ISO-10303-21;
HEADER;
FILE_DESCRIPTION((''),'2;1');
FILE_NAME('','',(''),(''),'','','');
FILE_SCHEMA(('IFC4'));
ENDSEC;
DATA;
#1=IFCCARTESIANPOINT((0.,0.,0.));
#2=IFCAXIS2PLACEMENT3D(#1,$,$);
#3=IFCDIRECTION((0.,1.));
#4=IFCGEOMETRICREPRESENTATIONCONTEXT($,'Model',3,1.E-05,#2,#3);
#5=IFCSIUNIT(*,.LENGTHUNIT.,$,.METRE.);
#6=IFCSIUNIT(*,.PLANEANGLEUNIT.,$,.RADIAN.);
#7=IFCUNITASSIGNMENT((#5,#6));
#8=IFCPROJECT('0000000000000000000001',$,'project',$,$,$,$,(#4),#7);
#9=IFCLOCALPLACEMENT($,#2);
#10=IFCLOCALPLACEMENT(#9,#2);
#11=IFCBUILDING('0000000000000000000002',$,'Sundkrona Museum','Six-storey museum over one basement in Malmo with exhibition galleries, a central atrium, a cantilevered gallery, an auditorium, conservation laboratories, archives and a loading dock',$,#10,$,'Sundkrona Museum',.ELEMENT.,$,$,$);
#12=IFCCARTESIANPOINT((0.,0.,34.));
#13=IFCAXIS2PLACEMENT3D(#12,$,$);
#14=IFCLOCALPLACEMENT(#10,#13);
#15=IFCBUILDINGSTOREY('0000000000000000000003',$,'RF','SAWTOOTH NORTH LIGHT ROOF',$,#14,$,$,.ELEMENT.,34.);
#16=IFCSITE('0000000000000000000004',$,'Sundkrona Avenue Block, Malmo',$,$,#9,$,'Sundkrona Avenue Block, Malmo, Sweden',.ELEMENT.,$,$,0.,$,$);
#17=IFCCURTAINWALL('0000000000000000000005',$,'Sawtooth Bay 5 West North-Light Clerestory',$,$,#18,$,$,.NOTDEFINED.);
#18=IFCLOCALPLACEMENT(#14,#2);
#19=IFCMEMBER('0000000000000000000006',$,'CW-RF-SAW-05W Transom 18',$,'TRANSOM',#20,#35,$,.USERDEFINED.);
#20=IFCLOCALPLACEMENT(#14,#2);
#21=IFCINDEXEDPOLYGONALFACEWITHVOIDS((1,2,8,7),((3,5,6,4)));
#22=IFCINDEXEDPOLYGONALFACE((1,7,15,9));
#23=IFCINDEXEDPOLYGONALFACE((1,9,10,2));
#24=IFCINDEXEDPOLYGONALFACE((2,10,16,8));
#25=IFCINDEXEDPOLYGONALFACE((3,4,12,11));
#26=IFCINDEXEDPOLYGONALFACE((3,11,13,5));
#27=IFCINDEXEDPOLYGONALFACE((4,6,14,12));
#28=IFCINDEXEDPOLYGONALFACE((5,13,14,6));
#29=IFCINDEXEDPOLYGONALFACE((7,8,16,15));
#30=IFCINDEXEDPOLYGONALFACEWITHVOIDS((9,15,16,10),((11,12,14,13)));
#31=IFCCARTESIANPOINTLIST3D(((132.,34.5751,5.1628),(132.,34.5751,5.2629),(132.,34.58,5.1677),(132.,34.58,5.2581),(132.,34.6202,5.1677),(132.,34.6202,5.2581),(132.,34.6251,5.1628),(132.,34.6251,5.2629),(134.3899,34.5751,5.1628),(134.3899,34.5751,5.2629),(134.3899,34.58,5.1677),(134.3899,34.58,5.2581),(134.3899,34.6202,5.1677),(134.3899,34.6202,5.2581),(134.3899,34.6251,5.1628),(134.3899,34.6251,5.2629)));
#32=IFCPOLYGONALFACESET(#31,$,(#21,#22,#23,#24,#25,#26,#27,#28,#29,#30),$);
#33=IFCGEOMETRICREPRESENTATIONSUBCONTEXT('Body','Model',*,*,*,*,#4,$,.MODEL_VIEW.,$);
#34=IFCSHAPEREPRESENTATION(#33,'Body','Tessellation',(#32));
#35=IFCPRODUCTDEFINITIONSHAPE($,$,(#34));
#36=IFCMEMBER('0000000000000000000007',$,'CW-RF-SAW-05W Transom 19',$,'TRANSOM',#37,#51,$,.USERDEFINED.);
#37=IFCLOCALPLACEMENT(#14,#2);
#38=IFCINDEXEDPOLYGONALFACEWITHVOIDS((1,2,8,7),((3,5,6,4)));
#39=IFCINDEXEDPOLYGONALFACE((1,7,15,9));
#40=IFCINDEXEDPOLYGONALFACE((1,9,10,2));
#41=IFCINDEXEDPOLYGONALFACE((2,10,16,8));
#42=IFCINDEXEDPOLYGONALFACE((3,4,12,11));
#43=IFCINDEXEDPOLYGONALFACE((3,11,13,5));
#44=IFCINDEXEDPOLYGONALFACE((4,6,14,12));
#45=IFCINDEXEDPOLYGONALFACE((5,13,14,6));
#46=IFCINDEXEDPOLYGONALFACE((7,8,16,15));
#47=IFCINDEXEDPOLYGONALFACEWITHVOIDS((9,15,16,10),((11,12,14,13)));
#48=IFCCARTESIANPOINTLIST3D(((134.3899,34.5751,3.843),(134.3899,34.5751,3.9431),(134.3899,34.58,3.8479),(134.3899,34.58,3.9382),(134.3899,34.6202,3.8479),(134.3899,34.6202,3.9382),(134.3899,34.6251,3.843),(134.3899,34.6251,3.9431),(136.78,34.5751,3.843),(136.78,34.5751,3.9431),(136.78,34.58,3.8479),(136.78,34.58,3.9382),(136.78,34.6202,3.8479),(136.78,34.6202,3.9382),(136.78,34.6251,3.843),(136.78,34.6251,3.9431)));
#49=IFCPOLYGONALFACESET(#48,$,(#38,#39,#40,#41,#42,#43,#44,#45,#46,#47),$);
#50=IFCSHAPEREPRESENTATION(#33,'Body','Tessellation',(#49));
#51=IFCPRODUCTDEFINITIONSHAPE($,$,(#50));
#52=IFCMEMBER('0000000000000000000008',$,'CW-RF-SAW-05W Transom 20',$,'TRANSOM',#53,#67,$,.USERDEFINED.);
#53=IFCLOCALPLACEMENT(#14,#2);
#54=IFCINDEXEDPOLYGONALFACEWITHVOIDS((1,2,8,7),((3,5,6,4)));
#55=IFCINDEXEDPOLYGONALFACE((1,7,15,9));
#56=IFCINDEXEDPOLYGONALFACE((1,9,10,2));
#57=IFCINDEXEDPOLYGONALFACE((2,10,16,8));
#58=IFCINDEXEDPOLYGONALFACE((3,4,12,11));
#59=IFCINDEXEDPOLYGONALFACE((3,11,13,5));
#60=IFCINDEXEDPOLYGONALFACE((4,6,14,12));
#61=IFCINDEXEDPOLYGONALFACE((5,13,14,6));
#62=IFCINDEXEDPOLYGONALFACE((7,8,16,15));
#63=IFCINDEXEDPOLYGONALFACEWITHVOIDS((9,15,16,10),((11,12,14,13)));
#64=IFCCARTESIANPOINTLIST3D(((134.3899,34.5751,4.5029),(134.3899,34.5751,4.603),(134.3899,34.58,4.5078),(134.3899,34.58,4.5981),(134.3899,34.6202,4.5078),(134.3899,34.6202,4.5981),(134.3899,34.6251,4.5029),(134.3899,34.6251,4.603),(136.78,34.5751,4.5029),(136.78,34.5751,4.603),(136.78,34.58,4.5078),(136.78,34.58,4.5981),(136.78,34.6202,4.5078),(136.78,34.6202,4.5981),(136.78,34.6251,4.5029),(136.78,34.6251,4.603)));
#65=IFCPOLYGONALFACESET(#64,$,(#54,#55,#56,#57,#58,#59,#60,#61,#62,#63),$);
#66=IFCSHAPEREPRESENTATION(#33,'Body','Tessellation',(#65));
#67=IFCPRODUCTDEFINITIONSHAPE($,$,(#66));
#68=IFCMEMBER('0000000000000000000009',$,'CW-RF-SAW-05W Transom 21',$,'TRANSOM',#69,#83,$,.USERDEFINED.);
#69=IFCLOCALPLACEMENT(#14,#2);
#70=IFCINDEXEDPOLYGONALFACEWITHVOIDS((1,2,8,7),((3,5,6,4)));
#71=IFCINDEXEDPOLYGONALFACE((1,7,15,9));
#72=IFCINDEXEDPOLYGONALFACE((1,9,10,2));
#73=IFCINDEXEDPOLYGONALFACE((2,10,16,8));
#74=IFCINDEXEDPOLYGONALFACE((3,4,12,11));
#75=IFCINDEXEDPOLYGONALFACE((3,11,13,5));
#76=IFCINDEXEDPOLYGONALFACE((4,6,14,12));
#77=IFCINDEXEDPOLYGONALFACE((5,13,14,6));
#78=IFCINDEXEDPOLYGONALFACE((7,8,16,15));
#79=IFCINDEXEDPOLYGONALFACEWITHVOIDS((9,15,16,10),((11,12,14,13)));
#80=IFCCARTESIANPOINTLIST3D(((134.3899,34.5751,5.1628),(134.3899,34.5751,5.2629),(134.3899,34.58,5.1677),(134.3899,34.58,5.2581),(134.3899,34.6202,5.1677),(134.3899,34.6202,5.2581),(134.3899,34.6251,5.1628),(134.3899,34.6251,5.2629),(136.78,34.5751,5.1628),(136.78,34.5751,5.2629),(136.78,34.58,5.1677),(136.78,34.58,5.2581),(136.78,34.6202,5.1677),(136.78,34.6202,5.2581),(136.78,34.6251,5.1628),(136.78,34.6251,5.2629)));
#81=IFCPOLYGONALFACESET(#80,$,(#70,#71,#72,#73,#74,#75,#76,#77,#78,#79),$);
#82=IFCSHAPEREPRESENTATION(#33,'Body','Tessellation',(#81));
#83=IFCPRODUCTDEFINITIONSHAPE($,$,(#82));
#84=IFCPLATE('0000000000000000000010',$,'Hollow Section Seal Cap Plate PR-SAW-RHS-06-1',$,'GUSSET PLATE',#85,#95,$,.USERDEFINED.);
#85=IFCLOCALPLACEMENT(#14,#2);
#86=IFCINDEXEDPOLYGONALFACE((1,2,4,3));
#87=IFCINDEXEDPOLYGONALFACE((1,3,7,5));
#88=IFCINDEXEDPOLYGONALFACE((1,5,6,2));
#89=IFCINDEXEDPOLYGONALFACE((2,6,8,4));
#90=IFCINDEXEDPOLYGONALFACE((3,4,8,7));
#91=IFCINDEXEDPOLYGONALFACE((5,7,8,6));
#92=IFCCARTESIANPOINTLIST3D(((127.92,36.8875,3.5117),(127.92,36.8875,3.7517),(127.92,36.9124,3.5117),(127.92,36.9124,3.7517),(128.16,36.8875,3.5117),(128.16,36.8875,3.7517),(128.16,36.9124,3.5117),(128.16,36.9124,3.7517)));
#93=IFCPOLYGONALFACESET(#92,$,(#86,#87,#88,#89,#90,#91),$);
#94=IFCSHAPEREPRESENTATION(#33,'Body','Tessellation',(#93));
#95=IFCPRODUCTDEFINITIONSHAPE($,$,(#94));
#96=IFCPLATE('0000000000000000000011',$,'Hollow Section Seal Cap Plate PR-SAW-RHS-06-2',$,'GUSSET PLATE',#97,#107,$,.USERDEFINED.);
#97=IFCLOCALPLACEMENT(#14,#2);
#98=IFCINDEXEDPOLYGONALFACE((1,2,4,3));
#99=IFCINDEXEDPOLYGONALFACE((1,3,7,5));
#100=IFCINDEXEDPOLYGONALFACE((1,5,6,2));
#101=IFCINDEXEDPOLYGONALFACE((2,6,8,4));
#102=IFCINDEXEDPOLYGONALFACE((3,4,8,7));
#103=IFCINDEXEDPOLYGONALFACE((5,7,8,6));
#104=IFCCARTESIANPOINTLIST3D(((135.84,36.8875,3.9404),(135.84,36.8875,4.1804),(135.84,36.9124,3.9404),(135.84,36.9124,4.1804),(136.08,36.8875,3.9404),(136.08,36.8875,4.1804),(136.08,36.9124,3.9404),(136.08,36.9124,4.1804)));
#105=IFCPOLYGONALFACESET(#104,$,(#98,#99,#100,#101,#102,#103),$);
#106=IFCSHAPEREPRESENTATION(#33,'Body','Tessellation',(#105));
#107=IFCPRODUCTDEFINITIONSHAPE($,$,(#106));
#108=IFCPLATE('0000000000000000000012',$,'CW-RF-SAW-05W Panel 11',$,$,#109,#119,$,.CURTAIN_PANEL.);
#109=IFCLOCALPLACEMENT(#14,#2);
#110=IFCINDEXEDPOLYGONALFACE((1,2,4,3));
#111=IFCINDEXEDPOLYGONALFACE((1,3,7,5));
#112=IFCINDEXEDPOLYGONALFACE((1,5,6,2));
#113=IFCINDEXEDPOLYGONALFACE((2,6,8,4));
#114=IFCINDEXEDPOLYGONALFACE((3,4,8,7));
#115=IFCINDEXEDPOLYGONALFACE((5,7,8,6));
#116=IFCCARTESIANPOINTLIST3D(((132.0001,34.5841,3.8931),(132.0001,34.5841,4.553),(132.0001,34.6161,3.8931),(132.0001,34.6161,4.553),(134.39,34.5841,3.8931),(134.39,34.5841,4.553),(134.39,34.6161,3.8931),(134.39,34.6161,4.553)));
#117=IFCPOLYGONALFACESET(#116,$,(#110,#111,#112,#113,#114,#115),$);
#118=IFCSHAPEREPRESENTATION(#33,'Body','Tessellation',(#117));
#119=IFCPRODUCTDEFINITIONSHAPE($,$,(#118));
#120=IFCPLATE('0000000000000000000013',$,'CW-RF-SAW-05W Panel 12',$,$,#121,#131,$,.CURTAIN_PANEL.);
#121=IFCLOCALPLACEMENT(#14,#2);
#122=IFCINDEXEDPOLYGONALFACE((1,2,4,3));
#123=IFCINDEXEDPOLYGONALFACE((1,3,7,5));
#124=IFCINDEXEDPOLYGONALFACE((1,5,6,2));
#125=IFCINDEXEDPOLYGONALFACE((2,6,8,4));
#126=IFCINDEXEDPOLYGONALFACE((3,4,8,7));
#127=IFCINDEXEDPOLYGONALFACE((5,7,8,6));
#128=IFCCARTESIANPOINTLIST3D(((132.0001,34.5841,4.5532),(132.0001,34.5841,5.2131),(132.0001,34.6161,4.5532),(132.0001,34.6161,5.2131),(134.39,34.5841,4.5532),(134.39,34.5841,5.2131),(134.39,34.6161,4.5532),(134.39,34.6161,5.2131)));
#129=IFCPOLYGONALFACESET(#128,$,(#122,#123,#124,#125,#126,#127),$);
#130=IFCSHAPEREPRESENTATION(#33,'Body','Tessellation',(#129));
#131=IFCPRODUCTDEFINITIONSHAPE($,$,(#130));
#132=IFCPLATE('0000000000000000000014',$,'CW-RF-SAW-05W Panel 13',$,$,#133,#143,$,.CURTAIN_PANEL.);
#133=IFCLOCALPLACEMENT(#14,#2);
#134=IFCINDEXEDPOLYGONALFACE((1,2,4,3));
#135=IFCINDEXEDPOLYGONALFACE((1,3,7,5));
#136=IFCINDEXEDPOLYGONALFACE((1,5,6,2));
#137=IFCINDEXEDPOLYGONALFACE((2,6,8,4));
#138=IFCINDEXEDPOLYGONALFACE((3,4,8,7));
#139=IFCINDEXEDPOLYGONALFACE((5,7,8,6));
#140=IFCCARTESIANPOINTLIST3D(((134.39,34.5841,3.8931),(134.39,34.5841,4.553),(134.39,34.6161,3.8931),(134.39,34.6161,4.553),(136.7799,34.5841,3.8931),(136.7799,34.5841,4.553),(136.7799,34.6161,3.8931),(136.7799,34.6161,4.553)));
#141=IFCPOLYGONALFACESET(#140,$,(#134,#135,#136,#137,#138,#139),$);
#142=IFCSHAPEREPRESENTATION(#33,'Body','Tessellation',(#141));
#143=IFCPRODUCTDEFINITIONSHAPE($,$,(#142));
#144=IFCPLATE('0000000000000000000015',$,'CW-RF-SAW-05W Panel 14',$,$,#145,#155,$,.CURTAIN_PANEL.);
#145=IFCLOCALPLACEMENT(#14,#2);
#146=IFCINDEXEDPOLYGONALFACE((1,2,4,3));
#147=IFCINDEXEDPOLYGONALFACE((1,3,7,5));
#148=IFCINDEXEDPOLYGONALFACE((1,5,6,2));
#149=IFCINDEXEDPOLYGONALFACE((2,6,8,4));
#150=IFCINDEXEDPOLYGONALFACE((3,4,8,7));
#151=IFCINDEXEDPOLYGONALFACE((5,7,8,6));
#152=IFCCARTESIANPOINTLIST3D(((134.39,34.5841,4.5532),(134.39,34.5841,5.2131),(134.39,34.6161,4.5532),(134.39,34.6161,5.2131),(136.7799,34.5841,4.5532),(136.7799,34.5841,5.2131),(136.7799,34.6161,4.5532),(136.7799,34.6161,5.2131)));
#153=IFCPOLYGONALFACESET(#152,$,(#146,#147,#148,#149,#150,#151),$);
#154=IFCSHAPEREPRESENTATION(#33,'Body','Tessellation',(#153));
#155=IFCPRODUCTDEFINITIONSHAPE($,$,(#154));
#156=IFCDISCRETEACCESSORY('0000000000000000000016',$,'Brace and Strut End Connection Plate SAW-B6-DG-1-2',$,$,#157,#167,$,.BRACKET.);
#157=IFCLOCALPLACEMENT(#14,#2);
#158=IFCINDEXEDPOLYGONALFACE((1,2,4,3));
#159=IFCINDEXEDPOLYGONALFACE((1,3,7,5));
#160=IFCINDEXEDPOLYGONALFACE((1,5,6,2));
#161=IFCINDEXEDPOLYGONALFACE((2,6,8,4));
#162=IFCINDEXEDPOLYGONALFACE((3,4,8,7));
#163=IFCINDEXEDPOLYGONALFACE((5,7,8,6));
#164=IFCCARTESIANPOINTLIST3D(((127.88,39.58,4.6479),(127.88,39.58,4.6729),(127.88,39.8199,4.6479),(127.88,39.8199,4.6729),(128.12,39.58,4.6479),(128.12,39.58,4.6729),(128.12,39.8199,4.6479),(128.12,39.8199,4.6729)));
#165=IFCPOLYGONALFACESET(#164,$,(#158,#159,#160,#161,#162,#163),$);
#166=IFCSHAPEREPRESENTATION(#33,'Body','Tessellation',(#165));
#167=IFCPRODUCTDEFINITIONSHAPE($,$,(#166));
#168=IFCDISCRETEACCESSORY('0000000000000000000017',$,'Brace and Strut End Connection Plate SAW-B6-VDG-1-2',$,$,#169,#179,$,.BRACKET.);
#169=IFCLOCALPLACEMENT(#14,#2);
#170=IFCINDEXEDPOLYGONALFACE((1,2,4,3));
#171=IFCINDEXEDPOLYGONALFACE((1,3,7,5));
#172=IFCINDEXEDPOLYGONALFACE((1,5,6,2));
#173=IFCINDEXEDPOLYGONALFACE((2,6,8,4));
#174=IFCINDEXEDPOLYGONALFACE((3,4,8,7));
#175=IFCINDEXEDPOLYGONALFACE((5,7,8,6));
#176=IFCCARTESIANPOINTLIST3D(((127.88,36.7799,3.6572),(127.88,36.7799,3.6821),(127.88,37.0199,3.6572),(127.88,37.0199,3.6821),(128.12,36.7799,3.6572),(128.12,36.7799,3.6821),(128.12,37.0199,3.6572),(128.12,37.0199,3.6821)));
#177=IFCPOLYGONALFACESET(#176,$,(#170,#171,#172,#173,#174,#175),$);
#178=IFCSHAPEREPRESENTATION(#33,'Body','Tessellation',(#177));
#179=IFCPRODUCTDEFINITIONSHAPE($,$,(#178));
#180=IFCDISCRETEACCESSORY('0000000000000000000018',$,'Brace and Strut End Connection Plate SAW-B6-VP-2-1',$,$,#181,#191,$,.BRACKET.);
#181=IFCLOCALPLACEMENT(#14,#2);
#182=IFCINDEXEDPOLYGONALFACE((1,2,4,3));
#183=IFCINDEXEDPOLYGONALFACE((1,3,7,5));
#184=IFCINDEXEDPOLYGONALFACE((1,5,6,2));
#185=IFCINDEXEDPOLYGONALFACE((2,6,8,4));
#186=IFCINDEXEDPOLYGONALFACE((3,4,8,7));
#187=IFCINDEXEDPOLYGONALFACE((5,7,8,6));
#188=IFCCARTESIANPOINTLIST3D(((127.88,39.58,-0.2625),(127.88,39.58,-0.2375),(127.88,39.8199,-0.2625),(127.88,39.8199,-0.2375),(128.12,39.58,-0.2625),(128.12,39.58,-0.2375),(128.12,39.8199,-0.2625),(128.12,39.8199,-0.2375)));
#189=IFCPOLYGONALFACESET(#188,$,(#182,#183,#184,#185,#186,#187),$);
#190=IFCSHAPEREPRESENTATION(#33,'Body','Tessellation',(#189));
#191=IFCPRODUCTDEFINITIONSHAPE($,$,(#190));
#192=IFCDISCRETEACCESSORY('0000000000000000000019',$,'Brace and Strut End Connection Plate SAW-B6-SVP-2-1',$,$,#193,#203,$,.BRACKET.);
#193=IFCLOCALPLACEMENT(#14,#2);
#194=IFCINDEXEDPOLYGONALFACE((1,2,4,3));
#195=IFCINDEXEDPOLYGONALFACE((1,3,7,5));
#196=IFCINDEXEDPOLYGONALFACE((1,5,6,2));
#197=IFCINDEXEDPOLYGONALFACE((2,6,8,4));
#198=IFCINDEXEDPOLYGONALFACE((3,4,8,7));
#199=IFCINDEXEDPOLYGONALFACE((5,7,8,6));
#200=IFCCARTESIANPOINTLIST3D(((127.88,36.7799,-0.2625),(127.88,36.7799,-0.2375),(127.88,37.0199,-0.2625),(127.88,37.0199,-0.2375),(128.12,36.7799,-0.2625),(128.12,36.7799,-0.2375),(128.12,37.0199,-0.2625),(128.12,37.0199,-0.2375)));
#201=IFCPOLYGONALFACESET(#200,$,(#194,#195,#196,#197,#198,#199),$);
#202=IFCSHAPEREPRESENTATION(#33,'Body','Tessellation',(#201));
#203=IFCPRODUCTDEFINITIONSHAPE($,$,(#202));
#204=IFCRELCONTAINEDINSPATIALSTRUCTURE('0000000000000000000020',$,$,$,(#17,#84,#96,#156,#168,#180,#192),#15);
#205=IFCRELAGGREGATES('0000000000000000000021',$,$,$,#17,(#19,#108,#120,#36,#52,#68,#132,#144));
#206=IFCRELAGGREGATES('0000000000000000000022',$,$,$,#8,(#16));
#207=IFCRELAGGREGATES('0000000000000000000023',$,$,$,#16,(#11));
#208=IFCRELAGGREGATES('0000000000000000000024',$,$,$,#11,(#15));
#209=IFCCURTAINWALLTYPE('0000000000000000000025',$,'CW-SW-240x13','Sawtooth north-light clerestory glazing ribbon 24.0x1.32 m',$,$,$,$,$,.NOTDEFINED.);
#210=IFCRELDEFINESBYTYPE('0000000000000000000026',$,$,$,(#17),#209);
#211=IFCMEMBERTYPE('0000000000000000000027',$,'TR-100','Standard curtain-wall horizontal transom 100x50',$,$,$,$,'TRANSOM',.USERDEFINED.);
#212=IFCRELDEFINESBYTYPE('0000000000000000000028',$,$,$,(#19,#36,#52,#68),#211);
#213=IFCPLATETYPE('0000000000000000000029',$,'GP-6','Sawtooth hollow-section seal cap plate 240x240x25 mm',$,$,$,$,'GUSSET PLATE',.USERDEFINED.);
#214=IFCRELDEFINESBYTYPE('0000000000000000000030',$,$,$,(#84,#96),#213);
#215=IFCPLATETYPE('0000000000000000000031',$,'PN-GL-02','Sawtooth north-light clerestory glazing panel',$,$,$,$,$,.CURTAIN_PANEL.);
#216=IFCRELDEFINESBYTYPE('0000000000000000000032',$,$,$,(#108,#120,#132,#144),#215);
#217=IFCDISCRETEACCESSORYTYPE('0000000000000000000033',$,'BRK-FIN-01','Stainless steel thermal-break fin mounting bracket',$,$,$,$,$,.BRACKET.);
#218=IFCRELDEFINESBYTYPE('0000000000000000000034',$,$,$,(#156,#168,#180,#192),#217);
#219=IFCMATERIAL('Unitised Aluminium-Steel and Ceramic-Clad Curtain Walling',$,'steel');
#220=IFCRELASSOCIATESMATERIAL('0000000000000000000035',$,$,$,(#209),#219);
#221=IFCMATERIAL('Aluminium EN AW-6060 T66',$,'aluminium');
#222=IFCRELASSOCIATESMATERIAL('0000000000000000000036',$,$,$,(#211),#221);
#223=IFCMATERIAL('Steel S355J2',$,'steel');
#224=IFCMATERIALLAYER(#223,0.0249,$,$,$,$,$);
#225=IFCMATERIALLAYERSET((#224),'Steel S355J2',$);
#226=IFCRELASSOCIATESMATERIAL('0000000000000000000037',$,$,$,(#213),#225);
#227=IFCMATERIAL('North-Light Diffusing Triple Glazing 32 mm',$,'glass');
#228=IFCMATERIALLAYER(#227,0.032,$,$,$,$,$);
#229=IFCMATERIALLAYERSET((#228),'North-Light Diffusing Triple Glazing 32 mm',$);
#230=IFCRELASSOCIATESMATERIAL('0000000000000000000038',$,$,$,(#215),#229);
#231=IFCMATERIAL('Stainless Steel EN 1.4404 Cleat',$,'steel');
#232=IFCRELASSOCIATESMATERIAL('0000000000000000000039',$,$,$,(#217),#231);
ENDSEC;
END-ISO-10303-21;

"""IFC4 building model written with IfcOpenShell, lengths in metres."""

from ifc_helpers import new_model, si_unit, direction, frame, origin, origin_2d, place, context, subcontext, project, spatial, rectangle, hollow_rectangle, extrude, material, layer, layer_set, material_profile, profile_set, type_object, element, aggregate, save


model = new_model("IFC4")

# Units and contexts
model_context = context("Model", 3, precision=1e-05, world=origin(), true_north=direction((0.0, 1.0)))
body_context = subcontext(model_context, "Body", "Model", "MODEL_VIEW")
ifc_project = project(units=[si_unit("LENGTHUNIT", "METRE"), si_unit("PLANEANGLEUNIT", "RADIAN")], contexts=[model_context])

# Site, building, storey
site_placement = place(None, origin())
site = spatial("IfcSite", under=ifc_project, at=site_placement, Name="Sundkrona Avenue Block, Malmo", LongName="Sundkrona Avenue Block, Malmo, Sweden", CompositionType="ELEMENT", RefElevation=0.0)
building_placement = place(site_placement, origin())
building = spatial("IfcBuilding", under=site, at=building_placement, Name="Sundkrona Museum", Description="Six-storey museum over one basement in Malmo with exhibition galleries, a central atrium, a cantilevered gallery, an auditorium, conservation laboratories, archives and a loading dock", LongName="Sundkrona Museum", CompositionType="ELEMENT")
storey_placement = place(building_placement, frame((0.0, 0.0, 34.0)))
storey = spatial("IfcBuildingStorey", under=building, at=storey_placement, Name="RF", Description="SAWTOOTH NORTH LIGHT ROOF", CompositionType="ELEMENT", Elevation=34.0)

# Curtain wall
ifc_material_1 = material(Name="Unitised Aluminium-Steel and Ceramic-Clad Curtain Walling", Category="steel")
curtain_wall_type = type_object("IfcCurtainWallType", Name="CW-SW-240x13", Description="Sawtooth north-light clerestory glazing ribbon 24.0x1.32 m", PredefinedType="NOTDEFINED", material=ifc_material_1)
curtain_wall_placement = place(storey_placement, origin())
curtain_wall = element("IfcCurtainWall", 1, at=curtain_wall_placement, inside=storey, type_object=curtain_wall_type, Name="Sawtooth Bay 5 West North-Light Clerestory", PredefinedType="NOTDEFINED")
ifc_material_2 = material(Name="Aluminium EN AW-6060 T66", Category="aluminium")

# Shared definitions
ifc_material_3 = material(Name="Steel S355J2", Category="steel")

# Members
ifc_material_profile_1 = material_profile(ifc_material_2, hollow_rectangle(XDim=0.05, YDim=0.1001, WallThickness=0.0049, at=origin_2d()), Name="RHS 100x50x5.0")
ifc_profile_set_1 = profile_set([ifc_material_profile_1], Name="Aluminium EN AW-6060 T66")
member_type_1 = type_object("IfcMemberType", Name="TR-100", Description="Standard curtain-wall horizontal transom 100x50", ElementType="TRANSOM", PredefinedType="USERDEFINED", material=ifc_profile_set_1)
member_1_placement = place(storey_placement, frame((132.0, 34.6001, 5.2129), z_axis=(1.0, 0.0, 0.0), x_axis=(0.0, 1.0, 0.0)))
member_1 = element("IfcMember", 2, at=member_1_placement, type_object=member_type_1, Name="CW-RF-SAW-05W Transom 18", ObjectType="TRANSOM", PredefinedType="USERDEFINED", context=body_context, shape_type="SweptSolid", body=[
    extrude(hollow_rectangle(XDim=0.05, YDim=0.1001, WallThickness=0.0049, at=origin_2d()), origin(), (0.0, 0.0, 1.0), 2.3899),
])
member_2_placement = place(storey_placement, frame((134.3899, 34.6001, 3.8931), z_axis=(1.0, 0.0, 0.0), x_axis=(0.0, 1.0, 0.0)))
member_2 = element("IfcMember", 3, at=member_2_placement, type_object=member_type_1, Name="CW-RF-SAW-05W Transom 19", ObjectType="TRANSOM", PredefinedType="USERDEFINED", context=body_context, shape_type="SweptSolid", body=[
    extrude(hollow_rectangle(XDim=0.05, YDim=0.1001, WallThickness=0.0049, at=origin_2d()), origin(), (0.0, 0.0, 1.0), 2.3901),
])
member_3_placement = place(storey_placement, frame((134.3899, 34.6001, 4.553), z_axis=(1.0, 0.0, 0.0), x_axis=(0.0, 1.0, 0.0)))
member_3 = element("IfcMember", 4, at=member_3_placement, type_object=member_type_1, Name="CW-RF-SAW-05W Transom 20", ObjectType="TRANSOM", PredefinedType="USERDEFINED", context=body_context, shape_type="SweptSolid", body=[
    extrude(hollow_rectangle(XDim=0.05, YDim=0.1001, WallThickness=0.0049, at=origin_2d()), origin(), (0.0, 0.0, 1.0), 2.3901),
])
member_4_placement = place(storey_placement, frame((134.3899, 34.6001, 5.2129), z_axis=(1.0, 0.0, 0.0), x_axis=(0.0, 1.0, 0.0)))
member_4 = element("IfcMember", 5, at=member_4_placement, type_object=member_type_1, Name="CW-RF-SAW-05W Transom 21", ObjectType="TRANSOM", PredefinedType="USERDEFINED", context=body_context, shape_type="SweptSolid", body=[
    extrude(hollow_rectangle(XDim=0.05, YDim=0.1001, WallThickness=0.0049, at=origin_2d()), origin(), (0.0, 0.0, 1.0), 2.3901),
])

# Plates
ifc_layer_1 = layer(ifc_material_3, 0.0249)
ifc_layer_set_1 = layer_set([ifc_layer_1], Name="Steel S355J2")
plate_type_1 = type_object("IfcPlateType", Name="GP-6", Description="Sawtooth hollow-section seal cap plate 240x240x25 mm", ElementType="GUSSET PLATE", PredefinedType="USERDEFINED", material=ifc_layer_set_1)
for number, where, z_axis, x_axis, name in (
    (6, (128.04, 36.8999, 3.5117), (0.0, 0.0, 1.0), (1.0, 0.0, 0.0), "Hollow Section Seal Cap Plate PR-SAW-RHS-06-1"),
    (7, (135.96, 36.8999, 3.9404), (0.0, 0.0, 1.0), (1.0, 0.0, 0.0), "Hollow Section Seal Cap Plate PR-SAW-RHS-06-2"),
):
    element("IfcPlate", number, at=place(storey_placement, frame(where, z_axis=z_axis, x_axis=x_axis)), inside=storey, type_object=plate_type_1, Name=name, ObjectType="GUSSET PLATE", PredefinedType="USERDEFINED", context=body_context, shape_type="SweptSolid", body=[
        extrude(rectangle(XDim=0.24, YDim=0.0249, at=origin_2d()), origin(), (0.0, 0.0, 1.0), 0.24),
    ])

# Plates
ifc_material_4 = material(Name="North-Light Diffusing Triple Glazing 32 mm", Category="glass")
ifc_layer_2 = layer(ifc_material_4, 0.032)
ifc_layer_set_2 = layer_set([ifc_layer_2], Name="North-Light Diffusing Triple Glazing 32 mm")
plate_type_2 = type_object("IfcPlateType", Name="PN-GL-02", Description="Sawtooth north-light clerestory glazing panel", PredefinedType="CURTAIN_PANEL", material=ifc_layer_set_2)
plate_1_placement = place(storey_placement, frame((133.1951, 34.6001, 3.8931), z_axis=(0.0, 0.0, 1.0), x_axis=(1.0, 0.0, 0.0)))
plate_1 = element("IfcPlate", 8, at=plate_1_placement, type_object=plate_type_2, Name="CW-RF-SAW-05W Panel 11", PredefinedType="CURTAIN_PANEL", context=body_context, shape_type="SweptSolid", body=[
    extrude(rectangle(XDim=2.3899, YDim=0.032, at=origin_2d()), origin(), (0.0, 0.0, 1.0), 0.6599),
])
plate_2_placement = place(storey_placement, frame((133.1951, 34.6001, 4.5532), z_axis=(0.0, 0.0, 1.0), x_axis=(1.0, 0.0, 0.0)))
plate_2 = element("IfcPlate", 9, at=plate_2_placement, type_object=plate_type_2, Name="CW-RF-SAW-05W Panel 12", PredefinedType="CURTAIN_PANEL", context=body_context, shape_type="SweptSolid", body=[
    extrude(rectangle(XDim=2.3899, YDim=0.032, at=origin_2d()), origin(), (0.0, 0.0, 1.0), 0.6599),
])
plate_3_placement = place(storey_placement, frame((135.585, 34.6001, 3.8931), z_axis=(0.0, 0.0, 1.0), x_axis=(1.0, 0.0, 0.0)))
plate_3 = element("IfcPlate", 10, at=plate_3_placement, type_object=plate_type_2, Name="CW-RF-SAW-05W Panel 13", PredefinedType="CURTAIN_PANEL", context=body_context, shape_type="SweptSolid", body=[
    extrude(rectangle(XDim=2.3899, YDim=0.032, at=origin_2d()), origin(), (0.0, 0.0, 1.0), 0.6599),
])
plate_4_placement = place(storey_placement, frame((135.585, 34.6001, 4.5532), z_axis=(0.0, 0.0, 1.0), x_axis=(1.0, 0.0, 0.0)))
plate_4 = element("IfcPlate", 11, at=plate_4_placement, type_object=plate_type_2, Name="CW-RF-SAW-05W Panel 14", PredefinedType="CURTAIN_PANEL", context=body_context, shape_type="SweptSolid", body=[
    extrude(rectangle(XDim=2.3899, YDim=0.032, at=origin_2d()), origin(), (0.0, 0.0, 1.0), 0.6599),
])
aggregate(curtain_wall, [member_1, plate_1, plate_2, member_2, member_3, member_4, plate_3, plate_4])

# Discrete accessories
ifc_material_5 = material(Name="Stainless Steel EN 1.4404 Cleat", Category="steel")
discrete_accessory_type = type_object("IfcDiscreteAccessoryType", Name="BRK-FIN-01", Description="Stainless steel thermal-break fin mounting bracket", PredefinedType="BRACKET", material=ifc_material_5)
for number, where, z_axis, x_axis, name in (
    (12, (128.0, 39.7, 4.6479), (0.0, 0.0, 1.0), (1.0, 0.0, 0.0), "Brace and Strut End Connection Plate SAW-B6-DG-1-2"),
    (13, (128.0, 36.8999, 3.6572), (0.0, 0.0, 1.0), (1.0, 0.0, 0.0), "Brace and Strut End Connection Plate SAW-B6-VDG-1-2"),
    (14, (128.0, 39.7, -0.2625), (0.0, 0.0, 1.0), (1.0, 0.0, 0.0), "Brace and Strut End Connection Plate SAW-B6-VP-2-1"),
    (15, (128.0, 36.8999, -0.2625), (0.0, 0.0, 1.0), (1.0, 0.0, 0.0), "Brace and Strut End Connection Plate SAW-B6-SVP-2-1"),
):
    element("IfcDiscreteAccessory", number, at=place(storey_placement, frame(where, z_axis=z_axis, x_axis=x_axis)), inside=storey, type_object=discrete_accessory_type, Name=name, PredefinedType="BRACKET", context=body_context, shape_type="SweptSolid", body=[
        extrude(rectangle(XDim=0.24, YDim=0.24, at=origin_2d()), origin(), (0.0, 0.0, 1.0), 0.0249),
    ])

save(model, "model.ifc")
